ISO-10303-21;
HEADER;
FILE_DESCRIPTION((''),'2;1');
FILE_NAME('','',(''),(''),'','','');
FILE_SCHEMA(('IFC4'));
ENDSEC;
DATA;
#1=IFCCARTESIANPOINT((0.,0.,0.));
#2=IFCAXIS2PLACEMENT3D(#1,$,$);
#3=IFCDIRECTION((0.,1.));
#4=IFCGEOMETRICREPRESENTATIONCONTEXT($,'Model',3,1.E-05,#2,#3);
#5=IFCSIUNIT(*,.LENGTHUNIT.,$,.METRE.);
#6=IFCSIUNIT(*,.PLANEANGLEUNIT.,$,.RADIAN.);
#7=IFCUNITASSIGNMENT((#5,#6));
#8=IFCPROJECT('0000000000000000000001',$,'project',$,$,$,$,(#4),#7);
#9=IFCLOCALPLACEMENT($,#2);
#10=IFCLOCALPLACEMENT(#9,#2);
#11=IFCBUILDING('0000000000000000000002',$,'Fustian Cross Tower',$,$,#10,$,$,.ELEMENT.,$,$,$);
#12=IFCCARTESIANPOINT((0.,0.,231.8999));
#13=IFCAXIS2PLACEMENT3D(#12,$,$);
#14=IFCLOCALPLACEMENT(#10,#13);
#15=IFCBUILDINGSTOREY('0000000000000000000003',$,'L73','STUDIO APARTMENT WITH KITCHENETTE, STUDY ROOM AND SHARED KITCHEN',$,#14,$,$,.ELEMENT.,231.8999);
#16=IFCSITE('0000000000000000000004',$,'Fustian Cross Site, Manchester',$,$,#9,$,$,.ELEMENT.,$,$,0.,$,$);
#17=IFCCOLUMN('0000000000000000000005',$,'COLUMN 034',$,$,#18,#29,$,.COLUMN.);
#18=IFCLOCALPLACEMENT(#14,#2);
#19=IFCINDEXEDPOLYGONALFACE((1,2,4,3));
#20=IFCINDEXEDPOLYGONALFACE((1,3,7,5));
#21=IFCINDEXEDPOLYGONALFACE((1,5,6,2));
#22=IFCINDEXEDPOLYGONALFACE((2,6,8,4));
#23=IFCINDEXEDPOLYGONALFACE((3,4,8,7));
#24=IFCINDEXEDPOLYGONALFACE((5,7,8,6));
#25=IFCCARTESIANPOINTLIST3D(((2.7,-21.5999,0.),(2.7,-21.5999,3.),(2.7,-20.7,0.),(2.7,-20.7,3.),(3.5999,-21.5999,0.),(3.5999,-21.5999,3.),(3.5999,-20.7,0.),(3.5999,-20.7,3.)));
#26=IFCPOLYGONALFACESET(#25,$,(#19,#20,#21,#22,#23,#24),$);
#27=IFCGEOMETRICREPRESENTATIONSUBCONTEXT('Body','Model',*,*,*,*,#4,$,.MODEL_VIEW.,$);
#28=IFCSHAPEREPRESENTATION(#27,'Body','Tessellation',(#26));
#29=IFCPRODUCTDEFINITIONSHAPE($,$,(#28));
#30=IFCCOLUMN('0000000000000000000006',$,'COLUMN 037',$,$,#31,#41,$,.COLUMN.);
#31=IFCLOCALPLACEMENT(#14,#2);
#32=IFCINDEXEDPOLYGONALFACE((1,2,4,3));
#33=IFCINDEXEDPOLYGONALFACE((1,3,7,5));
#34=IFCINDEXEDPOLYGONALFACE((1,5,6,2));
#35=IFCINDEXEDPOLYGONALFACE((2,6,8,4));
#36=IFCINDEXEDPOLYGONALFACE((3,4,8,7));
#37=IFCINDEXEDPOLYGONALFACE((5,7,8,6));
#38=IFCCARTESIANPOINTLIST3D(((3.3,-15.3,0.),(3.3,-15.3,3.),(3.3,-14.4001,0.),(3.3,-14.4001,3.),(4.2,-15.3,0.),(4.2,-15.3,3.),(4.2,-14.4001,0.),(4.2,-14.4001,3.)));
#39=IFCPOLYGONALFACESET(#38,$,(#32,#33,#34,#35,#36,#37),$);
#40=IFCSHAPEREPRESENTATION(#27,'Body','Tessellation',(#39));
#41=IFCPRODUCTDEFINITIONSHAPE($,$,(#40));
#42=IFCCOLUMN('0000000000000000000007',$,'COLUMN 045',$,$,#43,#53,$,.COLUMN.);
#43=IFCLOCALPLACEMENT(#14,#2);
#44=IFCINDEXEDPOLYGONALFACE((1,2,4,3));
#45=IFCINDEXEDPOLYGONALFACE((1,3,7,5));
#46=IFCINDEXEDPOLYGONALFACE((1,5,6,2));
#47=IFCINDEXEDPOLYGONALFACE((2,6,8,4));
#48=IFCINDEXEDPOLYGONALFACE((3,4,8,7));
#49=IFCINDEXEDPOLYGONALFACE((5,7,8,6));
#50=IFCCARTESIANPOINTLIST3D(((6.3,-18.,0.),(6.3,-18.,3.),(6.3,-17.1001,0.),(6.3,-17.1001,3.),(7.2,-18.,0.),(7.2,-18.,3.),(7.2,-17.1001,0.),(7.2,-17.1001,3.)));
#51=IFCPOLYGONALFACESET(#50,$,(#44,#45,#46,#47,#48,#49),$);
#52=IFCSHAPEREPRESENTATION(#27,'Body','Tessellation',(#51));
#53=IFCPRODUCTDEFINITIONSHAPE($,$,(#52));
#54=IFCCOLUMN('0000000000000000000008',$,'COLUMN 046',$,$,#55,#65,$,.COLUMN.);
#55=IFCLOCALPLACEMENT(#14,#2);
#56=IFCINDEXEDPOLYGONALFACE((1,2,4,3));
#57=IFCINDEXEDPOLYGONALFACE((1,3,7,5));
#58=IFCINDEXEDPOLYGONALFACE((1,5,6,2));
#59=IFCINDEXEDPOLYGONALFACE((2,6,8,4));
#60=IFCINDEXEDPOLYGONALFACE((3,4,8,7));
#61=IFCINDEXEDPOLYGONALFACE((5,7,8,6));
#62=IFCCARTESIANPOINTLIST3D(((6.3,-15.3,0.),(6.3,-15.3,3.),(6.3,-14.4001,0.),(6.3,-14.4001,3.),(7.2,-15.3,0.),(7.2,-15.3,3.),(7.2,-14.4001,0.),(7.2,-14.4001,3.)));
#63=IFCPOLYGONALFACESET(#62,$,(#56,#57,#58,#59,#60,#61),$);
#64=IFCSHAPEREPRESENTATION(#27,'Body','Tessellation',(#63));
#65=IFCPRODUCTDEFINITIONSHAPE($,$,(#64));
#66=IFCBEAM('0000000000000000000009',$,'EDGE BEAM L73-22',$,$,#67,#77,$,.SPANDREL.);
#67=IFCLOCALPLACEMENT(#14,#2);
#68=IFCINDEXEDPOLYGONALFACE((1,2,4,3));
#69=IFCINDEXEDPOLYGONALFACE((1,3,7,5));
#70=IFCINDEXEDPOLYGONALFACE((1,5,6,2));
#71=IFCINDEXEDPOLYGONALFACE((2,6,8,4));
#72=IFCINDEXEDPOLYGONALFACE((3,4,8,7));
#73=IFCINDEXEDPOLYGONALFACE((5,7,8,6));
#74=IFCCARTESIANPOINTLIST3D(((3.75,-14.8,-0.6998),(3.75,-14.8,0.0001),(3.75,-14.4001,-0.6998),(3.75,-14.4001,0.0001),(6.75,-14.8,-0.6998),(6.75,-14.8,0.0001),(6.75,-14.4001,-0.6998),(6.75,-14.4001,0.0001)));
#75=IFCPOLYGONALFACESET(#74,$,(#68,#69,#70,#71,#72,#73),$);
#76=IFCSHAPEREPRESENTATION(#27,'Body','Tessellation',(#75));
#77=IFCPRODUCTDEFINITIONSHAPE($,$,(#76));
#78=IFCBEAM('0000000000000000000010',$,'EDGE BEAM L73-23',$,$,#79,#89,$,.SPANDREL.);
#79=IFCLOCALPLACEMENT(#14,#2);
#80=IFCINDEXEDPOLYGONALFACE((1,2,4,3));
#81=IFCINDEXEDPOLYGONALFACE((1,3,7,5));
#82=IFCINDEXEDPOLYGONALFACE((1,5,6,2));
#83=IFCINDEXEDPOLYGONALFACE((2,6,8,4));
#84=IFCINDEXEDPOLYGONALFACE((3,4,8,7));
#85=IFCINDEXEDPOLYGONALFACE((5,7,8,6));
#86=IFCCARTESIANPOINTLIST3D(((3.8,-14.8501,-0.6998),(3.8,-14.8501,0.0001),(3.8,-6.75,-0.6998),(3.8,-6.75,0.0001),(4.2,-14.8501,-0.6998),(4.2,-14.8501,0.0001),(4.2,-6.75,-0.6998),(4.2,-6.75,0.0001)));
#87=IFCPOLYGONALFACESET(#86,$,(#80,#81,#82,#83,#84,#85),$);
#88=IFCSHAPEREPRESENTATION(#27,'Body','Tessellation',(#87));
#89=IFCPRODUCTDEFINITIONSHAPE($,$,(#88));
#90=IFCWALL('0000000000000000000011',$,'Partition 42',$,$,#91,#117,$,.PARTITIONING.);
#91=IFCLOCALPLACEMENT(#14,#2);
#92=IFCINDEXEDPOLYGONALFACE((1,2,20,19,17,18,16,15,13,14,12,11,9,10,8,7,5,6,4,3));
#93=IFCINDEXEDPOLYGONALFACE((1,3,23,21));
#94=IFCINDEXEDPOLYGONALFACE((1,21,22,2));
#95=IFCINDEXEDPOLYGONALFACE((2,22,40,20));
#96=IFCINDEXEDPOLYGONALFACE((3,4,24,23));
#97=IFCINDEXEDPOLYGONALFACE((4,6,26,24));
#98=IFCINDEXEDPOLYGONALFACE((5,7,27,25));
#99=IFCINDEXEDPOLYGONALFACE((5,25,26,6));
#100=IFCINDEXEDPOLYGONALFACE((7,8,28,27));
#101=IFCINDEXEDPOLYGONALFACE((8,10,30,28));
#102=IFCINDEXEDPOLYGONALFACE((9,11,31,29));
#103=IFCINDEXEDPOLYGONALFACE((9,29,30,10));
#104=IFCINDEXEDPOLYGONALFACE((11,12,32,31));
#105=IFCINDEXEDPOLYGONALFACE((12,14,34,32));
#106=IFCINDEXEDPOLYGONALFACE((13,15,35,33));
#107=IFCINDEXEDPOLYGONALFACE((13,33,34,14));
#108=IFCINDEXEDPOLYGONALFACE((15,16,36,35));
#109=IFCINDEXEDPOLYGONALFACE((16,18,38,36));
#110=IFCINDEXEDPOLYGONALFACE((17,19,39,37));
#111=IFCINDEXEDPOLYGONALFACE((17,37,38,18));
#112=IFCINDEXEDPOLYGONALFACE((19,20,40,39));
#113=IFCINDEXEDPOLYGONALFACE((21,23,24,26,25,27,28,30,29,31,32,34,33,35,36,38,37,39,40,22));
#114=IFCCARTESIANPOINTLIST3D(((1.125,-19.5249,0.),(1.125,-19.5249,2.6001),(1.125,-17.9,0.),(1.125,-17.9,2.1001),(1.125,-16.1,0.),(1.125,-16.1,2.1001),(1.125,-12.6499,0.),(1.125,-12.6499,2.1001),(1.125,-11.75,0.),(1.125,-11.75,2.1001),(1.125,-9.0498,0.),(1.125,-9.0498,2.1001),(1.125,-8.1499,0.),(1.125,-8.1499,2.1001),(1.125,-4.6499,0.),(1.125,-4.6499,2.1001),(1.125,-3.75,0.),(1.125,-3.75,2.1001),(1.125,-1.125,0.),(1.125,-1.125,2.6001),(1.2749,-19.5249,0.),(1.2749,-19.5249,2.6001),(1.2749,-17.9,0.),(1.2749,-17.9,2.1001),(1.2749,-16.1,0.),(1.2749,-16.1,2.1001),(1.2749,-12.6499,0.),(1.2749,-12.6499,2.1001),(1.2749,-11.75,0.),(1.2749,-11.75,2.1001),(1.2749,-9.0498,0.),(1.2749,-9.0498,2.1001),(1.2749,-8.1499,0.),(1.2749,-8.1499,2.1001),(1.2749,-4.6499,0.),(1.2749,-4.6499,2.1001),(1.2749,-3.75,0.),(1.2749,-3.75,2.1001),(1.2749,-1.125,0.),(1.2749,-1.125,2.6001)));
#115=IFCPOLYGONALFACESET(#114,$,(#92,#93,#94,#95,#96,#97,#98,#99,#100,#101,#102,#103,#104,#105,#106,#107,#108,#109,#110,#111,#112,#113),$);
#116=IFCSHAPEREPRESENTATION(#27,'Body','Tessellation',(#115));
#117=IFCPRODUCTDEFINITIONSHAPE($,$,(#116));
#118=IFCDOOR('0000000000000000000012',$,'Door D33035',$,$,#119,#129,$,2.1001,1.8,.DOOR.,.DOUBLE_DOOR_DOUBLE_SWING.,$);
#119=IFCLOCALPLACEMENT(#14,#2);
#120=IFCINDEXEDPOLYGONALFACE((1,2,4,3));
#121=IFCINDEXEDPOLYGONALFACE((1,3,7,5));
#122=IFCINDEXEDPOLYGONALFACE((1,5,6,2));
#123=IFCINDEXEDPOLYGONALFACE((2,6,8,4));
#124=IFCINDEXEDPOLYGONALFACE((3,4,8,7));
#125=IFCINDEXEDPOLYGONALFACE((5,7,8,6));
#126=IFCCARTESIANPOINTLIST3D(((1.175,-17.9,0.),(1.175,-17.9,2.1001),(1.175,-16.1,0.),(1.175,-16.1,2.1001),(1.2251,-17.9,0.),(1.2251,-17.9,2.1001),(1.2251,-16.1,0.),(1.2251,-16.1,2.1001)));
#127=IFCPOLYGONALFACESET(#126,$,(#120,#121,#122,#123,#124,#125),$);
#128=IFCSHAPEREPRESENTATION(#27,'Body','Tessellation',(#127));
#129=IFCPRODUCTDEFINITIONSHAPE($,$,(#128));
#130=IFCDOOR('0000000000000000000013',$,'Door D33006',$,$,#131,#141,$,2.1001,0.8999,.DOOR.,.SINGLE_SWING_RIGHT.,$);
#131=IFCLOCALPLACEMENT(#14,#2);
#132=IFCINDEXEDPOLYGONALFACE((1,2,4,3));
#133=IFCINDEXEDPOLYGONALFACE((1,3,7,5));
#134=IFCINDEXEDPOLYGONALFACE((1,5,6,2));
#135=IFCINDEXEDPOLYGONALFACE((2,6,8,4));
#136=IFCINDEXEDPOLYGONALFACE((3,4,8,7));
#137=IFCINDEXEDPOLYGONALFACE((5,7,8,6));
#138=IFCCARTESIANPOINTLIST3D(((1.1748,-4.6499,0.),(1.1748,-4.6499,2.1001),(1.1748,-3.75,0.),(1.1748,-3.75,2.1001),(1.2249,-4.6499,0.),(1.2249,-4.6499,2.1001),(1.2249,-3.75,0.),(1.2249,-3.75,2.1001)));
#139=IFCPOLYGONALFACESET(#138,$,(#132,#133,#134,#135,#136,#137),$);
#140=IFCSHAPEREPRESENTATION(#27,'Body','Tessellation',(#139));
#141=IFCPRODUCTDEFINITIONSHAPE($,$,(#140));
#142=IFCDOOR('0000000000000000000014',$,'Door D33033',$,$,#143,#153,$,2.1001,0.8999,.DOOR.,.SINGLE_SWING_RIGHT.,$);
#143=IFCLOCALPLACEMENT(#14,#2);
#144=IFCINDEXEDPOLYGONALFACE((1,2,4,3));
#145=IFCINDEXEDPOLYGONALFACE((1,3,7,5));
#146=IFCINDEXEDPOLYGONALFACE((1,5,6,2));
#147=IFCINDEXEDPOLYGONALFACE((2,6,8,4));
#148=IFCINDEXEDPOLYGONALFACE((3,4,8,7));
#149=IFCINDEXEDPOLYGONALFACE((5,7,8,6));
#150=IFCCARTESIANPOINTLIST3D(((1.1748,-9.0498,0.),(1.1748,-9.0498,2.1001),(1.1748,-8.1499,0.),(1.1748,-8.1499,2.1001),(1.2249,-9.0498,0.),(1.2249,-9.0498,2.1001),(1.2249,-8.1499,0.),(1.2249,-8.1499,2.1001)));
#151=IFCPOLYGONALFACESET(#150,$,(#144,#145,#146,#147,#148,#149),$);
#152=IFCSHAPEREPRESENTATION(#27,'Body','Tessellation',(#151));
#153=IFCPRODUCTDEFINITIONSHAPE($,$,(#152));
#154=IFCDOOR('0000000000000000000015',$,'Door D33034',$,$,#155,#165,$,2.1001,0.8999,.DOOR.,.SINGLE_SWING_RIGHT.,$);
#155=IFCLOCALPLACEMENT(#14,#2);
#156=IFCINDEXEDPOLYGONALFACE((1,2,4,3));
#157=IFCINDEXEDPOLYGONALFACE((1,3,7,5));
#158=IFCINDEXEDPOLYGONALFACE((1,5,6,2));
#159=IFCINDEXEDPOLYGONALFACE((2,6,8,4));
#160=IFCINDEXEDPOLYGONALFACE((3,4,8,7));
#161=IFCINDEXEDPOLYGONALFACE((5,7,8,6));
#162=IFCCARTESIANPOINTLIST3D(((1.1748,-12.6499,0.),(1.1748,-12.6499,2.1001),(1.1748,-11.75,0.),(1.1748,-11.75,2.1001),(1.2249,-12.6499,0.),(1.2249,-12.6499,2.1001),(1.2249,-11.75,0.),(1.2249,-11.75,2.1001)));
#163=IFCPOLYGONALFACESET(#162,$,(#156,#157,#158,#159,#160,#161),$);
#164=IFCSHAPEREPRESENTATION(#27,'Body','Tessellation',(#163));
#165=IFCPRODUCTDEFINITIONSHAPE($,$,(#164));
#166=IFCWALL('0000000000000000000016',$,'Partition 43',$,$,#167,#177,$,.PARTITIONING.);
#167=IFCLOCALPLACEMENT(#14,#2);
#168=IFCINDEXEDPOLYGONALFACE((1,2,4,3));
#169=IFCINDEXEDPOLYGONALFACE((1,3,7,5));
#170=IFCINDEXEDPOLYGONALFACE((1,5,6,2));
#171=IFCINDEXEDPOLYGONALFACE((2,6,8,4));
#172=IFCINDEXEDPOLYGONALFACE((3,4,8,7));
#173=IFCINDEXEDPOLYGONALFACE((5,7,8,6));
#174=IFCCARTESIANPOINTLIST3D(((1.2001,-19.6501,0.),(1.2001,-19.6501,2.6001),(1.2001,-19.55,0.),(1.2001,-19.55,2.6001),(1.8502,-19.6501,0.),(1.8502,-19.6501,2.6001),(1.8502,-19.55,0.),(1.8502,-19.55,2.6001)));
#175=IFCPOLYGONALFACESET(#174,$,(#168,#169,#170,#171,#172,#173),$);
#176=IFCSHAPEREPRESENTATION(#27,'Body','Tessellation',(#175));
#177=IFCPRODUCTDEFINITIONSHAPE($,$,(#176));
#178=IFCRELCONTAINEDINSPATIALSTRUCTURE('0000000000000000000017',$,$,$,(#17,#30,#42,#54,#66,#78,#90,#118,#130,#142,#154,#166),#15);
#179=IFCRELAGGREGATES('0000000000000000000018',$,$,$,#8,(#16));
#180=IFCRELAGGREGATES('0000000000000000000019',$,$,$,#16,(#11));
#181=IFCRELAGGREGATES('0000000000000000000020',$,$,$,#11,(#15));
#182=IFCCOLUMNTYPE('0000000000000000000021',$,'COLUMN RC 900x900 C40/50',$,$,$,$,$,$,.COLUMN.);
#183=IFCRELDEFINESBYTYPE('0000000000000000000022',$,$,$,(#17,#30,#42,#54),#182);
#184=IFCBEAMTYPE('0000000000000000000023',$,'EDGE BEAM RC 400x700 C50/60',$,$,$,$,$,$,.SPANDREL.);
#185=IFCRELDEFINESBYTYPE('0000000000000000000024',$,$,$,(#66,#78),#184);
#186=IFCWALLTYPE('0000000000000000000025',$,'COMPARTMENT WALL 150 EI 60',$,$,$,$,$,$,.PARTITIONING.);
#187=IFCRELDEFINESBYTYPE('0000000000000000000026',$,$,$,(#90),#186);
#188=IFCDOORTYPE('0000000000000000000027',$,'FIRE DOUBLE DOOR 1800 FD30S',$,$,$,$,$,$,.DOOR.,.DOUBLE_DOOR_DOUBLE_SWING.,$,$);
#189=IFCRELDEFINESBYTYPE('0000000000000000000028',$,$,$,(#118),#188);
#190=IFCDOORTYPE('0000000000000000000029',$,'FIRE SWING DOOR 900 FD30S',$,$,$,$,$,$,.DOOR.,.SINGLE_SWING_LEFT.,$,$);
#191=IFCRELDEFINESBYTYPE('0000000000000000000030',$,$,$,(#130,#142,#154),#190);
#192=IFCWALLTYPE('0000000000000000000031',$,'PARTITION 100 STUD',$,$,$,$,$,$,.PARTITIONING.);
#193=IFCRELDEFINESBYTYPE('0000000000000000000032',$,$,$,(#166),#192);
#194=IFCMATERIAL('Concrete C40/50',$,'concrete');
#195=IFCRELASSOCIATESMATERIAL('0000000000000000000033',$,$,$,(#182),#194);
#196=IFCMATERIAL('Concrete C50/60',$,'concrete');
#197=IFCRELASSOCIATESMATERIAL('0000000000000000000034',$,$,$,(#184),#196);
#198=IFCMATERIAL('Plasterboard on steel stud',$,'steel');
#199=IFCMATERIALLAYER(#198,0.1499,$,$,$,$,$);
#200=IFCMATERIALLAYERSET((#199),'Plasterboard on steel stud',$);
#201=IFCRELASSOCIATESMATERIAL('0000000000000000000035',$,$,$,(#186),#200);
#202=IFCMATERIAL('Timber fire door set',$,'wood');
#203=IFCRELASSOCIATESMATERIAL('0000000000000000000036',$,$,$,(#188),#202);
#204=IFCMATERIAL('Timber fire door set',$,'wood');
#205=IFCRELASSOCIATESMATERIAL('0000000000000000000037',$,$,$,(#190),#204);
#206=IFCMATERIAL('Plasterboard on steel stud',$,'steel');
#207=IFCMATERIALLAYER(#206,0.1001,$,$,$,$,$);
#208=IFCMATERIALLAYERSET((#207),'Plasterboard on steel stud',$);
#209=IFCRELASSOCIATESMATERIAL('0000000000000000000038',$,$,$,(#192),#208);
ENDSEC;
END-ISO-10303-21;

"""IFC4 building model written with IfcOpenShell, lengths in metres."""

from ifc_helpers import new_model, si_unit, direction, frame, frame_2d, origin, origin_2d, place, context, subcontext, project, spatial, rectangle, extrude, material, layer, layer_set, material_profile, profile_set, type_object, element, fill, save


model = new_model("IFC4")

# Units and contexts
model_context = context("Model", 3, precision=1e-05, world=origin(), true_north=direction((0.0, 1.0)))
body_context = subcontext(model_context, "Body", "Model", "MODEL_VIEW")
ifc_project = project(units=[si_unit("LENGTHUNIT", "METRE"), si_unit("PLANEANGLEUNIT", "RADIAN")], contexts=[model_context])

# Site, building, storey
site_placement = place(None, origin())
site = spatial("IfcSite", under=ifc_project, at=site_placement, Name="Fustian Cross Site, Manchester", CompositionType="ELEMENT", RefElevation=0.0)
building_placement = place(site_placement, origin())
building = spatial("IfcBuilding", under=site, at=building_placement, Name="Fustian Cross Tower", CompositionType="ELEMENT")
storey_placement = place(building_placement, frame((0.0, 0.0, 231.8999)))
storey = spatial("IfcBuildingStorey", under=building, at=storey_placement, Name="L73", Description="STUDIO APARTMENT WITH KITCHENETTE, STUDY ROOM AND SHARED KITCHEN", CompositionType="ELEMENT", Elevation=231.8999)

# Columns
ifc_material_1 = material(Name="Concrete C40/50", Category="concrete")
ifc_material_profile_1 = material_profile(ifc_material_1, rectangle(XDim=0.8999, YDim=0.8999, at=origin_2d()), Name="RC 900x900")
ifc_profile_set_1 = profile_set([ifc_material_profile_1], Name="Concrete C40/50")
column_type = type_object("IfcColumnType", Name="COLUMN RC 900x900 C40/50", PredefinedType="COLUMN", material=ifc_profile_set_1)
for number, where, z_axis, x_axis, name in (
    (1, (3.1499, -21.1499, 0.0), (0.0, 0.0, 1.0), (1.0, 0.0, 0.0), "COLUMN 034"),
    (2, (3.75, -14.8501, 0.0), (0.0, 0.0, 1.0), (1.0, 0.0, 0.0), "COLUMN 037"),
    (3, (6.75, -17.55, 0.0), (0.0, 0.0, 1.0), (1.0, 0.0, 0.0), "COLUMN 045"),
    (4, (6.75, -14.8501, 0.0), (0.0, 0.0, 1.0), (1.0, 0.0, 0.0), "COLUMN 046"),
):
    element("IfcColumn", number, at=place(storey_placement, frame(where, z_axis=z_axis, x_axis=x_axis)), inside=storey, type_object=column_type, Name=name, PredefinedType="COLUMN", context=body_context, shape_type="SweptSolid", body=[
        extrude(rectangle(XDim=0.8999, YDim=0.8999, at=origin_2d()), origin(), (0.0, 0.0, 1.0), 3.0),
    ])

# Beams
ifc_material_2 = material(Name="Concrete C50/60", Category="concrete")
ifc_material_profile_2 = material_profile(ifc_material_2, rectangle(XDim=0.3999, YDim=0.7, at=origin_2d()), Name="RC 400x700")
ifc_profile_set_2 = profile_set([ifc_material_profile_2], Name="Concrete C50/60")
beam_type = type_object("IfcBeamType", Name="EDGE BEAM RC 400x700 C50/60", PredefinedType="SPANDREL", material=ifc_profile_set_2)
beam_1_placement = place(storey_placement, frame((6.75, -14.6001, -0.3499), z_axis=(-1.0, 0.0, 0.0), x_axis=(0.0, -1.0, 0.0)))
element("IfcBeam", 5, at=beam_1_placement, inside=storey, type_object=beam_type, Name="EDGE BEAM L73-22", PredefinedType="SPANDREL", context=body_context, shape_type="SweptSolid", body=[
    extrude(rectangle(XDim=0.3999, YDim=0.7, at=origin_2d()), origin(), (0.0, 0.0, 1.0), 3.0),
])
beam_2_placement = place(storey_placement, frame((4.0, -14.8501, -0.3499), z_axis=(0.0, 1.0, 0.0), x_axis=(-1.0, 0.0, 0.0)))
element("IfcBeam", 6, at=beam_2_placement, inside=storey, type_object=beam_type, Name="EDGE BEAM L73-23", PredefinedType="SPANDREL", context=body_context, shape_type="SweptSolid", body=[
    extrude(rectangle(XDim=0.3999, YDim=0.7, at=origin_2d()), origin(), (0.0, 0.0, 1.0), 8.1001),
])

# Wall, openings, doors
ifc_material_3 = material(Name="Plasterboard on steel stud", Category="steel")
ifc_layer_1 = layer(ifc_material_3, 0.1499)
ifc_layer_set_1 = layer_set([ifc_layer_1], Name="Plasterboard on steel stud")
wall_type_1 = type_object("IfcWallType", Name="COMPARTMENT WALL 150 EI 60", PredefinedType="PARTITIONING", material=ifc_layer_set_1)
wall_1_placement = place(storey_placement, frame((1.2, -19.5249, 0.0), z_axis=(0.0, 0.0, 1.0), x_axis=(0.0, 1.0, 0.0)))
wall_1 = element("IfcWall", 7, at=wall_1_placement, inside=storey, type_object=wall_type_1, Name="Partition 42", PredefinedType="PARTITIONING", context=body_context, shape_type="SweptSolid", body=[
    extrude(rectangle(XDim=18.3999, YDim=0.1499, at=frame_2d((9.2, 0.0))), origin(), (0.0, 0.0, 1.0), 2.6001),
])
opening_1_placement = place(wall_1_placement, frame((14.875, 0.0, 0.0)))
opening_1 = element("IfcOpeningElement", 8, at=opening_1_placement, cuts=wall_1, PredefinedType="OPENING", context=body_context, shape_type="SweptSolid", body=[
    extrude(rectangle(XDim=0.8999, YDim=2.1001, at=frame_2d((0.45, 1.05))), frame((0.0, 0.085, 0.0), z_axis=(0.0, -1.0, 0.0), x_axis=(1.0, 0.0, 0.0)), (0.0, 0.0, 1.0), 0.1699),
])
opening_2_placement = place(wall_1_placement, frame((10.4751, 0.0, 0.0)))
opening_2 = element("IfcOpeningElement", 9, at=opening_2_placement, cuts=wall_1, PredefinedType="OPENING", context=body_context, shape_type="SweptSolid", body=[
    extrude(rectangle(XDim=0.8999, YDim=2.1001, at=frame_2d((0.45, 1.05))), frame((0.0, 0.085, 0.0), z_axis=(0.0, -1.0, 0.0), x_axis=(1.0, 0.0, 0.0)), (0.0, 0.0, 1.0), 0.1699),
])
opening_3_placement = place(wall_1_placement, frame((6.875, 0.0, 0.0)))
opening_3 = element("IfcOpeningElement", 10, at=opening_3_placement, cuts=wall_1, PredefinedType="OPENING", context=body_context, shape_type="SweptSolid", body=[
    extrude(rectangle(XDim=0.8999, YDim=2.1001, at=frame_2d((0.45, 1.05))), frame((0.0, 0.085, 0.0), z_axis=(0.0, -1.0, 0.0), x_axis=(1.0, 0.0, 0.0)), (0.0, 0.0, 1.0), 0.1699),
])
opening_4_placement = place(wall_1_placement, frame((1.625, 0.0, 0.0)))
opening_4 = element("IfcOpeningElement", 11, at=opening_4_placement, cuts=wall_1, PredefinedType="OPENING", context=body_context, shape_type="SweptSolid", body=[
    extrude(rectangle(XDim=1.8, YDim=2.1001, at=frame_2d((0.8999, 1.05))), frame((0.0, 0.085, 0.0), z_axis=(0.0, -1.0, 0.0), x_axis=(1.0, 0.0, 0.0)), (0.0, 0.0, 1.0), 0.1699),
])
ifc_material_4 = material(Name="Timber fire door set", Category="wood")
door_type_1 = type_object("IfcDoorType", Name="FIRE DOUBLE DOOR 1800 FD30S", OperationType="DOUBLE_DOOR_DOUBLE_SWING", PredefinedType="DOOR", material=ifc_material_4)
door_1_placement = place(opening_4_placement, origin())
door_1 = element("IfcDoor", 12, at=door_1_placement, inside=storey, type_object=door_type_1, Name="Door D33035", OperationType="DOUBLE_DOOR_DOUBLE_SWING", OverallHeight=2.1001, OverallWidth=1.8, PredefinedType="DOOR", context=body_context, shape_type="SweptSolid", body=[
    extrude(rectangle(XDim=1.8, YDim=2.1001, at=frame_2d((0.8999, 1.05))), frame((0.0, 0.0249, 0.0), z_axis=(0.0, -1.0, 0.0), x_axis=(1.0, 0.0, 0.0)), (0.0, 0.0, 1.0), 0.05),
])
fill(opening_4, door_1)
ifc_material_5 = material(Name="Timber fire door set", Category="wood")
door_type_2 = type_object("IfcDoorType", Name="FIRE SWING DOOR 900 FD30S", OperationType="SINGLE_SWING_LEFT", PredefinedType="DOOR", material=ifc_material_5)
door_2_placement = place(opening_1_placement, frame((0.8999, 0.0, 0.0), z_axis=(0.0, 0.0, 1.0), x_axis=(-1.0, 0.0, 0.0)))
door_2 = element("IfcDoor", 13, at=door_2_placement, inside=storey, type_object=door_type_2, Name="Door D33006", OperationType="SINGLE_SWING_RIGHT", OverallHeight=2.1001, OverallWidth=0.8999, PredefinedType="DOOR", context=body_context, shape_type="SweptSolid", body=[
    extrude(rectangle(XDim=0.8999, YDim=2.1001, at=frame_2d((0.45, 1.05))), frame((0.0, 0.0249, 0.0), z_axis=(0.0, -1.0, 0.0), x_axis=(1.0, 0.0, 0.0)), (0.0, 0.0, 1.0), 0.05),
])
fill(opening_1, door_2)
door_3_placement = place(opening_2_placement, frame((0.8999, 0.0, 0.0), z_axis=(0.0, 0.0, 1.0), x_axis=(-1.0, 0.0, 0.0)))
door_3 = element("IfcDoor", 14, at=door_3_placement, inside=storey, type_object=door_type_2, Name="Door D33033", OperationType="SINGLE_SWING_RIGHT", OverallHeight=2.1001, OverallWidth=0.8999, PredefinedType="DOOR", context=body_context, shape_type="SweptSolid", body=[
    extrude(rectangle(XDim=0.8999, YDim=2.1001, at=frame_2d((0.45, 1.05))), frame((0.0, 0.0249, 0.0), z_axis=(0.0, -1.0, 0.0), x_axis=(1.0, 0.0, 0.0)), (0.0, 0.0, 1.0), 0.05),
])
fill(opening_2, door_3)
door_4_placement = place(opening_3_placement, frame((0.8999, 0.0, 0.0), z_axis=(0.0, 0.0, 1.0), x_axis=(-1.0, 0.0, 0.0)))
door_4 = element("IfcDoor", 15, at=door_4_placement, inside=storey, type_object=door_type_2, Name="Door D33034", OperationType="SINGLE_SWING_RIGHT", OverallHeight=2.1001, OverallWidth=0.8999, PredefinedType="DOOR", context=body_context, shape_type="SweptSolid", body=[
    extrude(rectangle(XDim=0.8999, YDim=2.1001, at=frame_2d((0.45, 1.05))), frame((0.0, 0.0249, 0.0), z_axis=(0.0, -1.0, 0.0), x_axis=(1.0, 0.0, 0.0)), (0.0, 0.0, 1.0), 0.05),
])
fill(opening_3, door_4)

# Wall
ifc_material_6 = material(Name="Plasterboard on steel stud", Category="steel")
ifc_layer_2 = layer(ifc_material_6, 0.1001)
ifc_layer_set_2 = layer_set([ifc_layer_2], Name="Plasterboard on steel stud")
wall_type_2 = type_object("IfcWallType", Name="PARTITION 100 STUD", PredefinedType="PARTITIONING", material=ifc_layer_set_2)
wall_2_placement = place(storey_placement, frame((1.2, -19.6001, 0.0), z_axis=(0.0, 0.0, 1.0), x_axis=(1.0, 0.0, 0.0)))
element("IfcWall", 16, at=wall_2_placement, inside=storey, type_object=wall_type_2, Name="Partition 43", PredefinedType="PARTITIONING", context=body_context, shape_type="SweptSolid", body=[
    extrude(rectangle(XDim=0.6501, YDim=0.1001, at=frame_2d((0.3252, 0.0))), origin(), (0.0, 0.0, 1.0), 2.6001),
])

save(model, "model.ifc")
